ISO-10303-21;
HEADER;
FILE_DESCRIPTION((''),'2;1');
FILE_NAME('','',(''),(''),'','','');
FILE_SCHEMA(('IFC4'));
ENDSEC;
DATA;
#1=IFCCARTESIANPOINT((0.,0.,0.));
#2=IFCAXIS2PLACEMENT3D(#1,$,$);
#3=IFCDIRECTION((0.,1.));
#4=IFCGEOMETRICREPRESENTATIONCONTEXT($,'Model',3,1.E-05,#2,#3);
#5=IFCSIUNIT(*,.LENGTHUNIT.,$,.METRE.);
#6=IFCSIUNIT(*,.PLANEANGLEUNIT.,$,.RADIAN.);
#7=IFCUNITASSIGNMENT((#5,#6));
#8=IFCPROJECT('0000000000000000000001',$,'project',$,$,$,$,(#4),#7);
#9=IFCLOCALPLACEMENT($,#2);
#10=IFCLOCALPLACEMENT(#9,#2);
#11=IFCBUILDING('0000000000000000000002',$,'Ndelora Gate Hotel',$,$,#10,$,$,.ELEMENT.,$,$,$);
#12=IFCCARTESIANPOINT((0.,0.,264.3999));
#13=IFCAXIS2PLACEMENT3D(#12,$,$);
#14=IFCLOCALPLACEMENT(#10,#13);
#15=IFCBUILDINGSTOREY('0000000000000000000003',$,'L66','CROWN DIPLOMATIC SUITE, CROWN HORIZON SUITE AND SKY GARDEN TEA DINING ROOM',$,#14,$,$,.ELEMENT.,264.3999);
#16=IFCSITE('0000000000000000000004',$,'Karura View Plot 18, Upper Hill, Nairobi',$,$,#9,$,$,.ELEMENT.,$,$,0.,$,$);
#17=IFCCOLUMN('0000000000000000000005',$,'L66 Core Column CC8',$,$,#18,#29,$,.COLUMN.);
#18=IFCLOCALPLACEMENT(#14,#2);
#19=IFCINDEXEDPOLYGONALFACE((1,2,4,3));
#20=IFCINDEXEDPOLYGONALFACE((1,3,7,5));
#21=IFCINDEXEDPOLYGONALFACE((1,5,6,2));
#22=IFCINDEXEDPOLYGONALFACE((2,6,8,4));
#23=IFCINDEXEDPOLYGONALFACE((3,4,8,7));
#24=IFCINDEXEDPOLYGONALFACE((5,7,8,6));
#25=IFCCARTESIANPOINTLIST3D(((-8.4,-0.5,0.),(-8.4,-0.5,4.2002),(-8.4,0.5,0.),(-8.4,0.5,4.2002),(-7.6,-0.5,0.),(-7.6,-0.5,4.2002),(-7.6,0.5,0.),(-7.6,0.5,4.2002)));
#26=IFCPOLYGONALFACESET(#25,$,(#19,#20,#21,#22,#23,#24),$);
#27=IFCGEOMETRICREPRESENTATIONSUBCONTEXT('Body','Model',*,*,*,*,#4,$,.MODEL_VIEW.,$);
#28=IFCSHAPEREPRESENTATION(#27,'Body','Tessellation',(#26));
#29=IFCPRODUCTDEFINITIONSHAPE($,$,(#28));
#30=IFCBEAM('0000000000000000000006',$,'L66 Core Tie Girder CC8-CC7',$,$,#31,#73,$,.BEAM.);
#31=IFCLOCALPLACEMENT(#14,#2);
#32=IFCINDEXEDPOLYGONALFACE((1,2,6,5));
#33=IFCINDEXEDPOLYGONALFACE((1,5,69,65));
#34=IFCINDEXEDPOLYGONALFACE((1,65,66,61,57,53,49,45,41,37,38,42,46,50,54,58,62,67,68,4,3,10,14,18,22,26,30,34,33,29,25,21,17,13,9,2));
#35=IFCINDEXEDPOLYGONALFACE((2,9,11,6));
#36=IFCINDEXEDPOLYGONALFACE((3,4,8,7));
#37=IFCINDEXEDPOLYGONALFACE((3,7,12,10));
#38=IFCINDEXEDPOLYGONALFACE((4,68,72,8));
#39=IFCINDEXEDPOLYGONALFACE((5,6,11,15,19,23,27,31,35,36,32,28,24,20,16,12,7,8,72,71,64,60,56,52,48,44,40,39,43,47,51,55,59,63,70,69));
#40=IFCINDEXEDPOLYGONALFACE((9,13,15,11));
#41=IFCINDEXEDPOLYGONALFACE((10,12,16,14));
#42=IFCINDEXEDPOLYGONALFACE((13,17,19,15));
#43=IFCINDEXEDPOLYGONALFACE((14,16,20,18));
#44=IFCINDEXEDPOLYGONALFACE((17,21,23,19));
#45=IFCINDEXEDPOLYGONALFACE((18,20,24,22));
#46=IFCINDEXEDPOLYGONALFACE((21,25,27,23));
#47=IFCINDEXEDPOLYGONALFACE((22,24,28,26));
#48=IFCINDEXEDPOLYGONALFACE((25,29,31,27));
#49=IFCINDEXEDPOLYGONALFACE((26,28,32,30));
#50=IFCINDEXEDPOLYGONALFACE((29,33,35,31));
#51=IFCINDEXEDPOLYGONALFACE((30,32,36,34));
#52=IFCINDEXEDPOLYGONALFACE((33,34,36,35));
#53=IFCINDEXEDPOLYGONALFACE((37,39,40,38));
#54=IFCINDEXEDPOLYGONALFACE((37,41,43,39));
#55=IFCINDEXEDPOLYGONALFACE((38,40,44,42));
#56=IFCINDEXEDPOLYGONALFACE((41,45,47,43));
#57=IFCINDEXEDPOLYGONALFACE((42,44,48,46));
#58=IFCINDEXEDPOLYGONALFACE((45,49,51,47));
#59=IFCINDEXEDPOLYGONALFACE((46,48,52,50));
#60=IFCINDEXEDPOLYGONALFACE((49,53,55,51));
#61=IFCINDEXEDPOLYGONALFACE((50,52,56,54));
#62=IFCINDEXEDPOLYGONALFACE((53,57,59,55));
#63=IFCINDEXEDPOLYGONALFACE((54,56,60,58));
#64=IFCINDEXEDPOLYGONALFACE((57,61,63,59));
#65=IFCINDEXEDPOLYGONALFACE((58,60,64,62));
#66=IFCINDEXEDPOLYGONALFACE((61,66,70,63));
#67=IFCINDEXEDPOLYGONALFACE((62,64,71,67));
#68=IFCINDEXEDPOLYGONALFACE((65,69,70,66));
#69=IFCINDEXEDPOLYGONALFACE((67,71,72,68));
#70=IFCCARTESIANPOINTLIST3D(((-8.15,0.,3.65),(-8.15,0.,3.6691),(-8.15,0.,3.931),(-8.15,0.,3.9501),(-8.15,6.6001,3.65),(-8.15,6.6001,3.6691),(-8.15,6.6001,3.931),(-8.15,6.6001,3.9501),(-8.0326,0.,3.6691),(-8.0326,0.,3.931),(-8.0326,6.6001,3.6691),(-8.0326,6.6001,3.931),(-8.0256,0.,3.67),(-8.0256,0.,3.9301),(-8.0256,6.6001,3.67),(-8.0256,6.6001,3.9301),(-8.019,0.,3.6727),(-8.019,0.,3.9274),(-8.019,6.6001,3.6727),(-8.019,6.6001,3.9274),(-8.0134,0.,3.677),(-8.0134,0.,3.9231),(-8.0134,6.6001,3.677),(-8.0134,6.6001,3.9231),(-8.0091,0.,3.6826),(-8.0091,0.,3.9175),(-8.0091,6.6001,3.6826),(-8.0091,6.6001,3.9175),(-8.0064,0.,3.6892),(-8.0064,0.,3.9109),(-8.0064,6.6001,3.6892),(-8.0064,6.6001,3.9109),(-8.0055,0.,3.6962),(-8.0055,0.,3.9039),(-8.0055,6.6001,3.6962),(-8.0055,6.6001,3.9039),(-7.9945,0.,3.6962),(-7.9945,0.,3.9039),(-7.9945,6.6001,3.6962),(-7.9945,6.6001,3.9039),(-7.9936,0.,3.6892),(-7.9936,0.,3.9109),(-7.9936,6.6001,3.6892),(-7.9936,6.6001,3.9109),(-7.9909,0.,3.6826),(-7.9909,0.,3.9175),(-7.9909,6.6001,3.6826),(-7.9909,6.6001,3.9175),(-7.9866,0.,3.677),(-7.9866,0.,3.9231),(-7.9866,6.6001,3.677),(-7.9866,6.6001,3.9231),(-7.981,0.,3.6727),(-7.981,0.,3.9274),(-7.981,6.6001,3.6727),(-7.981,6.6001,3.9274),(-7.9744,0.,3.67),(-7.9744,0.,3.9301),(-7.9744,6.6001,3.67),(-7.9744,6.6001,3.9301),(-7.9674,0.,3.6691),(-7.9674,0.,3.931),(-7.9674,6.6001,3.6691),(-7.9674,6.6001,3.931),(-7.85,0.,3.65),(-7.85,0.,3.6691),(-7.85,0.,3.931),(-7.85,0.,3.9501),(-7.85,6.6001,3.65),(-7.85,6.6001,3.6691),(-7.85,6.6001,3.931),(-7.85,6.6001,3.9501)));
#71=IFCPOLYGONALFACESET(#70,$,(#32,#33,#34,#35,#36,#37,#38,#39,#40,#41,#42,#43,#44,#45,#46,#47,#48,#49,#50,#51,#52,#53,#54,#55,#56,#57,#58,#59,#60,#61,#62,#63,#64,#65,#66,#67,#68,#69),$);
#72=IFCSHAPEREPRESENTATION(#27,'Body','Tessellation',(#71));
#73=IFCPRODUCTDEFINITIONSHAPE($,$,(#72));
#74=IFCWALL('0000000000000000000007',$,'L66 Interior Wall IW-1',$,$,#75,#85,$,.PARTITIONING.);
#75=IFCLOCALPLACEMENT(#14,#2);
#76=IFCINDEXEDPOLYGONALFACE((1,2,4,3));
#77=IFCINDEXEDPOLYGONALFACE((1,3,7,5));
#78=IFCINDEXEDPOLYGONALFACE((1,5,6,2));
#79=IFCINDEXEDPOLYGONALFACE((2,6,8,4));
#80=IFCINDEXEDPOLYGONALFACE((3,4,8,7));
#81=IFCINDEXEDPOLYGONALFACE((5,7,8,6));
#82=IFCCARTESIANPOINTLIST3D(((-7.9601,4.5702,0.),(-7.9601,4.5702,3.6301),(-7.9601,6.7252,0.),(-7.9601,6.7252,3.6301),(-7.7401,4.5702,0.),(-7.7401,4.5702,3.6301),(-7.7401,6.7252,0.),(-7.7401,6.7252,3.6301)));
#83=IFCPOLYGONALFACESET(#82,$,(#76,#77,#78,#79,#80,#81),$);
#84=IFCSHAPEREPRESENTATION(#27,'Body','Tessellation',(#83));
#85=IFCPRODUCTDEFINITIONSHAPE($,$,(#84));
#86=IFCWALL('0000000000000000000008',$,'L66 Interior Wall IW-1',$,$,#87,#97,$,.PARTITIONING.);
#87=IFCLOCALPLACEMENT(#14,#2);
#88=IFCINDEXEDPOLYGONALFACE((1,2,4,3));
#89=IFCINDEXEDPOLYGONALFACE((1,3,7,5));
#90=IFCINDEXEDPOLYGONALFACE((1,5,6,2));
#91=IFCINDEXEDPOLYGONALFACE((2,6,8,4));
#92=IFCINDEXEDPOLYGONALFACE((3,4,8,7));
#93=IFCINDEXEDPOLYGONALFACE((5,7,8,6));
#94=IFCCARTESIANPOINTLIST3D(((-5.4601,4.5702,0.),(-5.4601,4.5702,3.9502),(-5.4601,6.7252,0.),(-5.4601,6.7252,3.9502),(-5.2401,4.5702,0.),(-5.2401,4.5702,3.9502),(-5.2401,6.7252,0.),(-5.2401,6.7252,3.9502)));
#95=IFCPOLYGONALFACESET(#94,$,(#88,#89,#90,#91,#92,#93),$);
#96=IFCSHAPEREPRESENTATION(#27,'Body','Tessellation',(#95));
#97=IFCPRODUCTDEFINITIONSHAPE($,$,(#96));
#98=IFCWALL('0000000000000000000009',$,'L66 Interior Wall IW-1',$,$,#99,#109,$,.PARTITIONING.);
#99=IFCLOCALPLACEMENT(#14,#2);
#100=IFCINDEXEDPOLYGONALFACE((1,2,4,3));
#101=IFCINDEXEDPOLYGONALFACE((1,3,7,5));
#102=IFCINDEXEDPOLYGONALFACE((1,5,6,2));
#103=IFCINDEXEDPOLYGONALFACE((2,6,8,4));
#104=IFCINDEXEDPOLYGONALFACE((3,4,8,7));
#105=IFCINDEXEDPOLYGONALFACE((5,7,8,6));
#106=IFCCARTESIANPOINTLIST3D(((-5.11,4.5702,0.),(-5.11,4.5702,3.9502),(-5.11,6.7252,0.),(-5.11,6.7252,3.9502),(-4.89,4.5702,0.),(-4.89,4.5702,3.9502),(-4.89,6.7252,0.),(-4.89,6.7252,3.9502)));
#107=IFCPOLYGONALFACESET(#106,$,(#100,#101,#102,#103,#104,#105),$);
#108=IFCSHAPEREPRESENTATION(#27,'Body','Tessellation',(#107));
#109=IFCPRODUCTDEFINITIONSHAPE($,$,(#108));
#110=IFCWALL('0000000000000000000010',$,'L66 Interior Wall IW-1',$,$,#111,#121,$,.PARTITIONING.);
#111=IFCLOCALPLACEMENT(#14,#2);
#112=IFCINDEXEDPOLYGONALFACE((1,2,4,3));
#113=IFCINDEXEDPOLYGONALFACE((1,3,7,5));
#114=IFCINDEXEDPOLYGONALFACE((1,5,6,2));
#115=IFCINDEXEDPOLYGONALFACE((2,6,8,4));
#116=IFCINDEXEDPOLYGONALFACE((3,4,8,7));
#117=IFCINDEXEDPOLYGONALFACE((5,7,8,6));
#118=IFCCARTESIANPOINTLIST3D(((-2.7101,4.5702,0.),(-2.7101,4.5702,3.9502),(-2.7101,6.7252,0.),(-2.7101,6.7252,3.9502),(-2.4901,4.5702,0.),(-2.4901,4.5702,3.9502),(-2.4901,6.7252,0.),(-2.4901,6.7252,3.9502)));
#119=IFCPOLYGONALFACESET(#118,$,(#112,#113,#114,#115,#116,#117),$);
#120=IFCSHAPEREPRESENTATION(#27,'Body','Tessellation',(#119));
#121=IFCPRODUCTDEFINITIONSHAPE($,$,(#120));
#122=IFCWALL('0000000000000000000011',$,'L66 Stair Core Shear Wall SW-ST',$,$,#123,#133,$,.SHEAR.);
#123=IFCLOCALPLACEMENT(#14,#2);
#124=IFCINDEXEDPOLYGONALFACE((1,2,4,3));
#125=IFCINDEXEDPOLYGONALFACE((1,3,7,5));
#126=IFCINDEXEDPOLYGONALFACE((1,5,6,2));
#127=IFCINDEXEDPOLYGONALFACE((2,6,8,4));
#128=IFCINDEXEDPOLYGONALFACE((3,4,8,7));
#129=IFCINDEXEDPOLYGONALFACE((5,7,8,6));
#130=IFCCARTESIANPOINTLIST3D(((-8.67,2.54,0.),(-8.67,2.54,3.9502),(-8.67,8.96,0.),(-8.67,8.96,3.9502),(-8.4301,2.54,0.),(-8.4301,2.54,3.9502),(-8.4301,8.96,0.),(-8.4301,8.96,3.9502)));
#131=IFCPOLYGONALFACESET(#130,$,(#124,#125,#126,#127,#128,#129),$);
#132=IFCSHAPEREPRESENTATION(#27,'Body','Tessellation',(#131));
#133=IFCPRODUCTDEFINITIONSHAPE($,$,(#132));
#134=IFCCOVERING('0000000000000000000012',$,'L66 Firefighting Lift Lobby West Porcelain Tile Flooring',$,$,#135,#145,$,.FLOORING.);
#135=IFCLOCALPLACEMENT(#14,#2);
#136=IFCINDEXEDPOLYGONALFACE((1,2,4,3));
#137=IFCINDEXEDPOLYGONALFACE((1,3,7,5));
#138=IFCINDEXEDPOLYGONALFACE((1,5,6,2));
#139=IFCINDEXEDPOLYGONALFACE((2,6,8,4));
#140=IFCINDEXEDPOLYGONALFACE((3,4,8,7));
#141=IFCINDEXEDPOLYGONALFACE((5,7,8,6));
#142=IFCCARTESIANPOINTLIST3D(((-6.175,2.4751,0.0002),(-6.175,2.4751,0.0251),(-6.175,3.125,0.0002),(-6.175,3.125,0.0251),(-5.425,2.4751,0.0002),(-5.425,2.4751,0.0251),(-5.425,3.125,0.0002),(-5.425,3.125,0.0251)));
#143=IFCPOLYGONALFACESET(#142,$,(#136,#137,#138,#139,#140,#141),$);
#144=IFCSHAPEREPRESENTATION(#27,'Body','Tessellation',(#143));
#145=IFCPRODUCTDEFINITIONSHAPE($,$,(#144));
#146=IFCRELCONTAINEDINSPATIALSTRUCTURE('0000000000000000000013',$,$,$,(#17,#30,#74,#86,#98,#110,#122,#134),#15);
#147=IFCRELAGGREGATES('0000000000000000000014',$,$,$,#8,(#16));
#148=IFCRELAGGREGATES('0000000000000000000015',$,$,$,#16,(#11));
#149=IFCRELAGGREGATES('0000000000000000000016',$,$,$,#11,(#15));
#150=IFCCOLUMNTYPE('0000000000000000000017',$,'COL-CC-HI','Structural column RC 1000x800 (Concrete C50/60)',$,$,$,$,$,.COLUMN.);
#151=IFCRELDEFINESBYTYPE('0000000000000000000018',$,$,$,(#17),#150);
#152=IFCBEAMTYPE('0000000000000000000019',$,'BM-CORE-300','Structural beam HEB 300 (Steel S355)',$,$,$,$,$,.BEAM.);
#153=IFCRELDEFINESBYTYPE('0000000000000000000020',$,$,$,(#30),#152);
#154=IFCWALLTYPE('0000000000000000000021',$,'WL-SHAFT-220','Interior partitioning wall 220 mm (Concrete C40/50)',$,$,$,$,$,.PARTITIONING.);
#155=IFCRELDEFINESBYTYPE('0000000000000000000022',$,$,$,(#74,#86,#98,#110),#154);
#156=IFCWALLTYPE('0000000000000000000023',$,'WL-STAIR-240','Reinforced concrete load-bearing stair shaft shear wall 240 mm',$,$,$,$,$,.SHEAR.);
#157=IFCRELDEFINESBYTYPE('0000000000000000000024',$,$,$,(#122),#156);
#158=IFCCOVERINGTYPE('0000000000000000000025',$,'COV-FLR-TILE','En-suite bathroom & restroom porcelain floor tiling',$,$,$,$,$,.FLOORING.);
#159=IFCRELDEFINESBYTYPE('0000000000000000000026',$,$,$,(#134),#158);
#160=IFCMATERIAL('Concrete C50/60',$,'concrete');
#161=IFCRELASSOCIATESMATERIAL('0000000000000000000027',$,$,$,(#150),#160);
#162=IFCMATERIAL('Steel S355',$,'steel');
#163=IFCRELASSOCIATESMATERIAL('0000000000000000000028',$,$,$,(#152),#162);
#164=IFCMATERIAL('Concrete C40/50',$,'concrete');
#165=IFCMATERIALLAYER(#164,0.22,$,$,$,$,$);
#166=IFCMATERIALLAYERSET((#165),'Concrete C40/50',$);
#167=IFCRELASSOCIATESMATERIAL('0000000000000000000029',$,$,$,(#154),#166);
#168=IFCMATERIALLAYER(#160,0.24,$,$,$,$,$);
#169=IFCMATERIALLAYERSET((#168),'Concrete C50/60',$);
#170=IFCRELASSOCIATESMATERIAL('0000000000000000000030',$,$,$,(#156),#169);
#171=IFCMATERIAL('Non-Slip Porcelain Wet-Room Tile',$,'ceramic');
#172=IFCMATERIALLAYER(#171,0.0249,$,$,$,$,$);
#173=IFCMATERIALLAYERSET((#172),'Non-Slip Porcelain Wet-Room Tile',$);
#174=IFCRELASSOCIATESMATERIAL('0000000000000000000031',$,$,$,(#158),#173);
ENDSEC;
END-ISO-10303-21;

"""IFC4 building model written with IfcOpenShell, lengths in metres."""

from ifc_helpers import new_model, si_unit, direction, frame, frame_2d, origin, origin_2d, place, context, subcontext, project, spatial, rectangle, i_section, extrude, material, layer, layer_set, material_profile, profile_set, type_object, element, save


model = new_model("IFC4")

# Units and contexts
model_context = context("Model", 3, precision=1e-05, world=origin(), true_north=direction((0.0, 1.0)))
body_context = subcontext(model_context, "Body", "Model", "MODEL_VIEW")
ifc_project = project(units=[si_unit("LENGTHUNIT", "METRE"), si_unit("PLANEANGLEUNIT", "RADIAN")], contexts=[model_context])

# Site, building, storey
site_placement = place(None, origin())
site = spatial("IfcSite", under=ifc_project, at=site_placement, Name="Karura View Plot 18, Upper Hill, Nairobi", CompositionType="ELEMENT", RefElevation=0.0)
building_placement = place(site_placement, origin())
building = spatial("IfcBuilding", under=site, at=building_placement, Name="Ndelora Gate Hotel", CompositionType="ELEMENT")
storey_placement = place(building_placement, frame((0.0, 0.0, 264.3999)))
storey = spatial("IfcBuildingStorey", under=building, at=storey_placement, Name="L66", Description="CROWN DIPLOMATIC SUITE, CROWN HORIZON SUITE AND SKY GARDEN TEA DINING ROOM", CompositionType="ELEMENT", Elevation=264.3999)

# Column
ifc_material_1 = material(Name="Concrete C50/60", Category="concrete")
ifc_material_profile_1 = material_profile(ifc_material_1, rectangle(XDim=0.8, YDim=1.0, at=origin_2d()), Name="RC 1000x800")
ifc_profile_set_1 = profile_set([ifc_material_profile_1], Name="Concrete C50/60")
column_type = type_object("IfcColumnType", Name="COL-CC-HI", Description="Structural column RC 1000x800 (Concrete C50/60)", PredefinedType="COLUMN", material=ifc_profile_set_1)
column_placement = place(storey_placement, frame((-8.0, 0.0, 0.0), z_axis=(0.0, 0.0, 1.0), x_axis=(1.0, 0.0, 0.0)))
element("IfcColumn", 1, at=column_placement, inside=storey, type_object=column_type, Name="L66 Core Column CC8", PredefinedType="COLUMN", context=body_context, shape_type="SweptSolid", body=[
    extrude(rectangle(XDim=0.8, YDim=1.0, at=origin_2d()), origin(), (0.0, 0.0, 1.0), 4.2002),
])

# Beam
ifc_material_2 = material(Name="Steel S355", Category="steel")
ifc_material_profile_2 = material_profile(ifc_material_2, i_section(OverallWidth=0.3, OverallDepth=0.3, WebThickness=0.011, FlangeThickness=0.019, FilletRadius=0.0271, at=origin_2d()), Name="HEB 300")
ifc_profile_set_2 = profile_set([ifc_material_profile_2], Name="Steel S355")
beam_type = type_object("IfcBeamType", Name="BM-CORE-300", Description="Structural beam HEB 300 (Steel S355)", PredefinedType="BEAM", material=ifc_profile_set_2)
beam_placement = place(storey_placement, frame((-8.0, 0.0, 3.8), z_axis=(0.0, 1.0, 0.0), x_axis=(-1.0, 0.0, 0.0)))
element("IfcBeam", 2, at=beam_placement, inside=storey, type_object=beam_type, Name="L66 Core Tie Girder CC8-CC7", PredefinedType="BEAM", context=body_context, shape_type="SweptSolid", body=[
    extrude(i_section(OverallWidth=0.3, OverallDepth=0.3, WebThickness=0.011, FlangeThickness=0.019, FilletRadius=0.0271, at=origin_2d()), origin(), (0.0, 0.0, 1.0), 6.6001),
])

# Shared definitions
ifc_material_3 = material(Name="Concrete C40/50", Category="concrete")
ifc_layer_1 = layer(ifc_material_3, 0.22)
ifc_layer_set_1 = layer_set([ifc_layer_1], Name="Concrete C40/50")
wall_type_1 = type_object("IfcWallType", Name="WL-SHAFT-220", Description="Interior partitioning wall 220 mm (Concrete C40/50)", PredefinedType="PARTITIONING", material=ifc_layer_set_1)

# Walls
wall_1_placement = place(storey_placement, frame((-7.8501, 4.5701, 0.0), z_axis=(0.0, 0.0, 1.0), x_axis=(0.0, 1.0, 0.0)))
element("IfcWall", 3, at=wall_1_placement, inside=storey, type_object=wall_type_1, Name="L66 Interior Wall IW-1", PredefinedType="PARTITIONING", context=body_context, shape_type="SweptSolid", body=[
    extrude(rectangle(XDim=2.155, YDim=0.22, at=frame_2d((1.0776, 0.0))), origin(), (0.0, 0.0, 1.0), 3.6301),
])
wall_2_placement = place(storey_placement, frame((-5.3501, 4.5701, 0.0), z_axis=(0.0, 0.0, 1.0), x_axis=(0.0, 1.0, 0.0)))
element("IfcWall", 4, at=wall_2_placement, inside=storey, type_object=wall_type_1, Name="L66 Interior Wall IW-1", PredefinedType="PARTITIONING", context=body_context, shape_type="SweptSolid", body=[
    extrude(rectangle(XDim=2.155, YDim=0.22, at=frame_2d((1.0776, 0.0))), origin(), (0.0, 0.0, 1.0), 3.9502),
])

# Walls
for number, where, z_axis, x_axis, name in (
    (5, (-5.0, 4.5701, 0.0), (0.0, 0.0, 1.0), (0.0, 1.0, 0.0), "L66 Interior Wall IW-1"),
    (6, (-2.6001, 4.5701, 0.0), (0.0, 0.0, 1.0), (0.0, 1.0, 0.0), "L66 Interior Wall IW-1"),
):
    element("IfcWall", number, at=place(storey_placement, frame(where, z_axis=z_axis, x_axis=x_axis)), inside=storey, type_object=wall_type_1, Name=name, PredefinedType="PARTITIONING", context=body_context, shape_type="SweptSolid", body=[
        extrude(rectangle(XDim=2.155, YDim=0.22, at=frame_2d((1.0776, 0.0))), origin(), (0.0, 0.0, 1.0), 3.9502),
    ])

# Shared definitions
ifc_layer_2 = layer(ifc_material_1, 0.24)
ifc_layer_set_2 = layer_set([ifc_layer_2], Name="Concrete C50/60")
wall_type_2 = type_object("IfcWallType", Name="WL-STAIR-240", Description="Reinforced concrete load-bearing stair shaft shear wall 240 mm", PredefinedType="SHEAR", material=ifc_layer_set_2)

# Wall
wall_3_placement = place(storey_placement, frame((-8.55, 2.54, 0.0), z_axis=(0.0, 0.0, 1.0), x_axis=(0.0, 1.0, 0.0)))
element("IfcWall", 7, at=wall_3_placement, inside=storey, type_object=wall_type_2, Name="L66 Stair Core Shear Wall SW-ST", PredefinedType="SHEAR", context=body_context, shape_type="SweptSolid", body=[
    extrude(rectangle(XDim=6.4199, YDim=0.24, at=frame_2d((3.21, 0.0))), origin(), (0.0, 0.0, 1.0), 3.9502),
])

# Covering
ifc_material_4 = material(Name="Non-Slip Porcelain Wet-Room Tile", Category="ceramic")
ifc_layer_3 = layer(ifc_material_4, 0.0249)
ifc_layer_set_3 = layer_set([ifc_layer_3], Name="Non-Slip Porcelain Wet-Room Tile")
covering_type = type_object("IfcCoveringType", Name="COV-FLR-TILE", Description="En-suite bathroom & restroom porcelain floor tiling", PredefinedType="FLOORING", material=ifc_layer_set_3)
covering_placement = place(storey_placement, frame((-5.8, 2.8, 0.0002), z_axis=(0.0, 0.0, 1.0), x_axis=(1.0, 0.0, 0.0)))
element("IfcCovering", 8, at=covering_placement, inside=storey, type_object=covering_type, Name="L66 Firefighting Lift Lobby West Porcelain Tile Flooring", PredefinedType="FLOORING", context=body_context, shape_type="SweptSolid", body=[
    extrude(rectangle(XDim=0.75, YDim=0.6499, at=origin_2d()), origin(), (0.0, 0.0, 1.0), 0.0249),
])

save(model, "model.ifc")
